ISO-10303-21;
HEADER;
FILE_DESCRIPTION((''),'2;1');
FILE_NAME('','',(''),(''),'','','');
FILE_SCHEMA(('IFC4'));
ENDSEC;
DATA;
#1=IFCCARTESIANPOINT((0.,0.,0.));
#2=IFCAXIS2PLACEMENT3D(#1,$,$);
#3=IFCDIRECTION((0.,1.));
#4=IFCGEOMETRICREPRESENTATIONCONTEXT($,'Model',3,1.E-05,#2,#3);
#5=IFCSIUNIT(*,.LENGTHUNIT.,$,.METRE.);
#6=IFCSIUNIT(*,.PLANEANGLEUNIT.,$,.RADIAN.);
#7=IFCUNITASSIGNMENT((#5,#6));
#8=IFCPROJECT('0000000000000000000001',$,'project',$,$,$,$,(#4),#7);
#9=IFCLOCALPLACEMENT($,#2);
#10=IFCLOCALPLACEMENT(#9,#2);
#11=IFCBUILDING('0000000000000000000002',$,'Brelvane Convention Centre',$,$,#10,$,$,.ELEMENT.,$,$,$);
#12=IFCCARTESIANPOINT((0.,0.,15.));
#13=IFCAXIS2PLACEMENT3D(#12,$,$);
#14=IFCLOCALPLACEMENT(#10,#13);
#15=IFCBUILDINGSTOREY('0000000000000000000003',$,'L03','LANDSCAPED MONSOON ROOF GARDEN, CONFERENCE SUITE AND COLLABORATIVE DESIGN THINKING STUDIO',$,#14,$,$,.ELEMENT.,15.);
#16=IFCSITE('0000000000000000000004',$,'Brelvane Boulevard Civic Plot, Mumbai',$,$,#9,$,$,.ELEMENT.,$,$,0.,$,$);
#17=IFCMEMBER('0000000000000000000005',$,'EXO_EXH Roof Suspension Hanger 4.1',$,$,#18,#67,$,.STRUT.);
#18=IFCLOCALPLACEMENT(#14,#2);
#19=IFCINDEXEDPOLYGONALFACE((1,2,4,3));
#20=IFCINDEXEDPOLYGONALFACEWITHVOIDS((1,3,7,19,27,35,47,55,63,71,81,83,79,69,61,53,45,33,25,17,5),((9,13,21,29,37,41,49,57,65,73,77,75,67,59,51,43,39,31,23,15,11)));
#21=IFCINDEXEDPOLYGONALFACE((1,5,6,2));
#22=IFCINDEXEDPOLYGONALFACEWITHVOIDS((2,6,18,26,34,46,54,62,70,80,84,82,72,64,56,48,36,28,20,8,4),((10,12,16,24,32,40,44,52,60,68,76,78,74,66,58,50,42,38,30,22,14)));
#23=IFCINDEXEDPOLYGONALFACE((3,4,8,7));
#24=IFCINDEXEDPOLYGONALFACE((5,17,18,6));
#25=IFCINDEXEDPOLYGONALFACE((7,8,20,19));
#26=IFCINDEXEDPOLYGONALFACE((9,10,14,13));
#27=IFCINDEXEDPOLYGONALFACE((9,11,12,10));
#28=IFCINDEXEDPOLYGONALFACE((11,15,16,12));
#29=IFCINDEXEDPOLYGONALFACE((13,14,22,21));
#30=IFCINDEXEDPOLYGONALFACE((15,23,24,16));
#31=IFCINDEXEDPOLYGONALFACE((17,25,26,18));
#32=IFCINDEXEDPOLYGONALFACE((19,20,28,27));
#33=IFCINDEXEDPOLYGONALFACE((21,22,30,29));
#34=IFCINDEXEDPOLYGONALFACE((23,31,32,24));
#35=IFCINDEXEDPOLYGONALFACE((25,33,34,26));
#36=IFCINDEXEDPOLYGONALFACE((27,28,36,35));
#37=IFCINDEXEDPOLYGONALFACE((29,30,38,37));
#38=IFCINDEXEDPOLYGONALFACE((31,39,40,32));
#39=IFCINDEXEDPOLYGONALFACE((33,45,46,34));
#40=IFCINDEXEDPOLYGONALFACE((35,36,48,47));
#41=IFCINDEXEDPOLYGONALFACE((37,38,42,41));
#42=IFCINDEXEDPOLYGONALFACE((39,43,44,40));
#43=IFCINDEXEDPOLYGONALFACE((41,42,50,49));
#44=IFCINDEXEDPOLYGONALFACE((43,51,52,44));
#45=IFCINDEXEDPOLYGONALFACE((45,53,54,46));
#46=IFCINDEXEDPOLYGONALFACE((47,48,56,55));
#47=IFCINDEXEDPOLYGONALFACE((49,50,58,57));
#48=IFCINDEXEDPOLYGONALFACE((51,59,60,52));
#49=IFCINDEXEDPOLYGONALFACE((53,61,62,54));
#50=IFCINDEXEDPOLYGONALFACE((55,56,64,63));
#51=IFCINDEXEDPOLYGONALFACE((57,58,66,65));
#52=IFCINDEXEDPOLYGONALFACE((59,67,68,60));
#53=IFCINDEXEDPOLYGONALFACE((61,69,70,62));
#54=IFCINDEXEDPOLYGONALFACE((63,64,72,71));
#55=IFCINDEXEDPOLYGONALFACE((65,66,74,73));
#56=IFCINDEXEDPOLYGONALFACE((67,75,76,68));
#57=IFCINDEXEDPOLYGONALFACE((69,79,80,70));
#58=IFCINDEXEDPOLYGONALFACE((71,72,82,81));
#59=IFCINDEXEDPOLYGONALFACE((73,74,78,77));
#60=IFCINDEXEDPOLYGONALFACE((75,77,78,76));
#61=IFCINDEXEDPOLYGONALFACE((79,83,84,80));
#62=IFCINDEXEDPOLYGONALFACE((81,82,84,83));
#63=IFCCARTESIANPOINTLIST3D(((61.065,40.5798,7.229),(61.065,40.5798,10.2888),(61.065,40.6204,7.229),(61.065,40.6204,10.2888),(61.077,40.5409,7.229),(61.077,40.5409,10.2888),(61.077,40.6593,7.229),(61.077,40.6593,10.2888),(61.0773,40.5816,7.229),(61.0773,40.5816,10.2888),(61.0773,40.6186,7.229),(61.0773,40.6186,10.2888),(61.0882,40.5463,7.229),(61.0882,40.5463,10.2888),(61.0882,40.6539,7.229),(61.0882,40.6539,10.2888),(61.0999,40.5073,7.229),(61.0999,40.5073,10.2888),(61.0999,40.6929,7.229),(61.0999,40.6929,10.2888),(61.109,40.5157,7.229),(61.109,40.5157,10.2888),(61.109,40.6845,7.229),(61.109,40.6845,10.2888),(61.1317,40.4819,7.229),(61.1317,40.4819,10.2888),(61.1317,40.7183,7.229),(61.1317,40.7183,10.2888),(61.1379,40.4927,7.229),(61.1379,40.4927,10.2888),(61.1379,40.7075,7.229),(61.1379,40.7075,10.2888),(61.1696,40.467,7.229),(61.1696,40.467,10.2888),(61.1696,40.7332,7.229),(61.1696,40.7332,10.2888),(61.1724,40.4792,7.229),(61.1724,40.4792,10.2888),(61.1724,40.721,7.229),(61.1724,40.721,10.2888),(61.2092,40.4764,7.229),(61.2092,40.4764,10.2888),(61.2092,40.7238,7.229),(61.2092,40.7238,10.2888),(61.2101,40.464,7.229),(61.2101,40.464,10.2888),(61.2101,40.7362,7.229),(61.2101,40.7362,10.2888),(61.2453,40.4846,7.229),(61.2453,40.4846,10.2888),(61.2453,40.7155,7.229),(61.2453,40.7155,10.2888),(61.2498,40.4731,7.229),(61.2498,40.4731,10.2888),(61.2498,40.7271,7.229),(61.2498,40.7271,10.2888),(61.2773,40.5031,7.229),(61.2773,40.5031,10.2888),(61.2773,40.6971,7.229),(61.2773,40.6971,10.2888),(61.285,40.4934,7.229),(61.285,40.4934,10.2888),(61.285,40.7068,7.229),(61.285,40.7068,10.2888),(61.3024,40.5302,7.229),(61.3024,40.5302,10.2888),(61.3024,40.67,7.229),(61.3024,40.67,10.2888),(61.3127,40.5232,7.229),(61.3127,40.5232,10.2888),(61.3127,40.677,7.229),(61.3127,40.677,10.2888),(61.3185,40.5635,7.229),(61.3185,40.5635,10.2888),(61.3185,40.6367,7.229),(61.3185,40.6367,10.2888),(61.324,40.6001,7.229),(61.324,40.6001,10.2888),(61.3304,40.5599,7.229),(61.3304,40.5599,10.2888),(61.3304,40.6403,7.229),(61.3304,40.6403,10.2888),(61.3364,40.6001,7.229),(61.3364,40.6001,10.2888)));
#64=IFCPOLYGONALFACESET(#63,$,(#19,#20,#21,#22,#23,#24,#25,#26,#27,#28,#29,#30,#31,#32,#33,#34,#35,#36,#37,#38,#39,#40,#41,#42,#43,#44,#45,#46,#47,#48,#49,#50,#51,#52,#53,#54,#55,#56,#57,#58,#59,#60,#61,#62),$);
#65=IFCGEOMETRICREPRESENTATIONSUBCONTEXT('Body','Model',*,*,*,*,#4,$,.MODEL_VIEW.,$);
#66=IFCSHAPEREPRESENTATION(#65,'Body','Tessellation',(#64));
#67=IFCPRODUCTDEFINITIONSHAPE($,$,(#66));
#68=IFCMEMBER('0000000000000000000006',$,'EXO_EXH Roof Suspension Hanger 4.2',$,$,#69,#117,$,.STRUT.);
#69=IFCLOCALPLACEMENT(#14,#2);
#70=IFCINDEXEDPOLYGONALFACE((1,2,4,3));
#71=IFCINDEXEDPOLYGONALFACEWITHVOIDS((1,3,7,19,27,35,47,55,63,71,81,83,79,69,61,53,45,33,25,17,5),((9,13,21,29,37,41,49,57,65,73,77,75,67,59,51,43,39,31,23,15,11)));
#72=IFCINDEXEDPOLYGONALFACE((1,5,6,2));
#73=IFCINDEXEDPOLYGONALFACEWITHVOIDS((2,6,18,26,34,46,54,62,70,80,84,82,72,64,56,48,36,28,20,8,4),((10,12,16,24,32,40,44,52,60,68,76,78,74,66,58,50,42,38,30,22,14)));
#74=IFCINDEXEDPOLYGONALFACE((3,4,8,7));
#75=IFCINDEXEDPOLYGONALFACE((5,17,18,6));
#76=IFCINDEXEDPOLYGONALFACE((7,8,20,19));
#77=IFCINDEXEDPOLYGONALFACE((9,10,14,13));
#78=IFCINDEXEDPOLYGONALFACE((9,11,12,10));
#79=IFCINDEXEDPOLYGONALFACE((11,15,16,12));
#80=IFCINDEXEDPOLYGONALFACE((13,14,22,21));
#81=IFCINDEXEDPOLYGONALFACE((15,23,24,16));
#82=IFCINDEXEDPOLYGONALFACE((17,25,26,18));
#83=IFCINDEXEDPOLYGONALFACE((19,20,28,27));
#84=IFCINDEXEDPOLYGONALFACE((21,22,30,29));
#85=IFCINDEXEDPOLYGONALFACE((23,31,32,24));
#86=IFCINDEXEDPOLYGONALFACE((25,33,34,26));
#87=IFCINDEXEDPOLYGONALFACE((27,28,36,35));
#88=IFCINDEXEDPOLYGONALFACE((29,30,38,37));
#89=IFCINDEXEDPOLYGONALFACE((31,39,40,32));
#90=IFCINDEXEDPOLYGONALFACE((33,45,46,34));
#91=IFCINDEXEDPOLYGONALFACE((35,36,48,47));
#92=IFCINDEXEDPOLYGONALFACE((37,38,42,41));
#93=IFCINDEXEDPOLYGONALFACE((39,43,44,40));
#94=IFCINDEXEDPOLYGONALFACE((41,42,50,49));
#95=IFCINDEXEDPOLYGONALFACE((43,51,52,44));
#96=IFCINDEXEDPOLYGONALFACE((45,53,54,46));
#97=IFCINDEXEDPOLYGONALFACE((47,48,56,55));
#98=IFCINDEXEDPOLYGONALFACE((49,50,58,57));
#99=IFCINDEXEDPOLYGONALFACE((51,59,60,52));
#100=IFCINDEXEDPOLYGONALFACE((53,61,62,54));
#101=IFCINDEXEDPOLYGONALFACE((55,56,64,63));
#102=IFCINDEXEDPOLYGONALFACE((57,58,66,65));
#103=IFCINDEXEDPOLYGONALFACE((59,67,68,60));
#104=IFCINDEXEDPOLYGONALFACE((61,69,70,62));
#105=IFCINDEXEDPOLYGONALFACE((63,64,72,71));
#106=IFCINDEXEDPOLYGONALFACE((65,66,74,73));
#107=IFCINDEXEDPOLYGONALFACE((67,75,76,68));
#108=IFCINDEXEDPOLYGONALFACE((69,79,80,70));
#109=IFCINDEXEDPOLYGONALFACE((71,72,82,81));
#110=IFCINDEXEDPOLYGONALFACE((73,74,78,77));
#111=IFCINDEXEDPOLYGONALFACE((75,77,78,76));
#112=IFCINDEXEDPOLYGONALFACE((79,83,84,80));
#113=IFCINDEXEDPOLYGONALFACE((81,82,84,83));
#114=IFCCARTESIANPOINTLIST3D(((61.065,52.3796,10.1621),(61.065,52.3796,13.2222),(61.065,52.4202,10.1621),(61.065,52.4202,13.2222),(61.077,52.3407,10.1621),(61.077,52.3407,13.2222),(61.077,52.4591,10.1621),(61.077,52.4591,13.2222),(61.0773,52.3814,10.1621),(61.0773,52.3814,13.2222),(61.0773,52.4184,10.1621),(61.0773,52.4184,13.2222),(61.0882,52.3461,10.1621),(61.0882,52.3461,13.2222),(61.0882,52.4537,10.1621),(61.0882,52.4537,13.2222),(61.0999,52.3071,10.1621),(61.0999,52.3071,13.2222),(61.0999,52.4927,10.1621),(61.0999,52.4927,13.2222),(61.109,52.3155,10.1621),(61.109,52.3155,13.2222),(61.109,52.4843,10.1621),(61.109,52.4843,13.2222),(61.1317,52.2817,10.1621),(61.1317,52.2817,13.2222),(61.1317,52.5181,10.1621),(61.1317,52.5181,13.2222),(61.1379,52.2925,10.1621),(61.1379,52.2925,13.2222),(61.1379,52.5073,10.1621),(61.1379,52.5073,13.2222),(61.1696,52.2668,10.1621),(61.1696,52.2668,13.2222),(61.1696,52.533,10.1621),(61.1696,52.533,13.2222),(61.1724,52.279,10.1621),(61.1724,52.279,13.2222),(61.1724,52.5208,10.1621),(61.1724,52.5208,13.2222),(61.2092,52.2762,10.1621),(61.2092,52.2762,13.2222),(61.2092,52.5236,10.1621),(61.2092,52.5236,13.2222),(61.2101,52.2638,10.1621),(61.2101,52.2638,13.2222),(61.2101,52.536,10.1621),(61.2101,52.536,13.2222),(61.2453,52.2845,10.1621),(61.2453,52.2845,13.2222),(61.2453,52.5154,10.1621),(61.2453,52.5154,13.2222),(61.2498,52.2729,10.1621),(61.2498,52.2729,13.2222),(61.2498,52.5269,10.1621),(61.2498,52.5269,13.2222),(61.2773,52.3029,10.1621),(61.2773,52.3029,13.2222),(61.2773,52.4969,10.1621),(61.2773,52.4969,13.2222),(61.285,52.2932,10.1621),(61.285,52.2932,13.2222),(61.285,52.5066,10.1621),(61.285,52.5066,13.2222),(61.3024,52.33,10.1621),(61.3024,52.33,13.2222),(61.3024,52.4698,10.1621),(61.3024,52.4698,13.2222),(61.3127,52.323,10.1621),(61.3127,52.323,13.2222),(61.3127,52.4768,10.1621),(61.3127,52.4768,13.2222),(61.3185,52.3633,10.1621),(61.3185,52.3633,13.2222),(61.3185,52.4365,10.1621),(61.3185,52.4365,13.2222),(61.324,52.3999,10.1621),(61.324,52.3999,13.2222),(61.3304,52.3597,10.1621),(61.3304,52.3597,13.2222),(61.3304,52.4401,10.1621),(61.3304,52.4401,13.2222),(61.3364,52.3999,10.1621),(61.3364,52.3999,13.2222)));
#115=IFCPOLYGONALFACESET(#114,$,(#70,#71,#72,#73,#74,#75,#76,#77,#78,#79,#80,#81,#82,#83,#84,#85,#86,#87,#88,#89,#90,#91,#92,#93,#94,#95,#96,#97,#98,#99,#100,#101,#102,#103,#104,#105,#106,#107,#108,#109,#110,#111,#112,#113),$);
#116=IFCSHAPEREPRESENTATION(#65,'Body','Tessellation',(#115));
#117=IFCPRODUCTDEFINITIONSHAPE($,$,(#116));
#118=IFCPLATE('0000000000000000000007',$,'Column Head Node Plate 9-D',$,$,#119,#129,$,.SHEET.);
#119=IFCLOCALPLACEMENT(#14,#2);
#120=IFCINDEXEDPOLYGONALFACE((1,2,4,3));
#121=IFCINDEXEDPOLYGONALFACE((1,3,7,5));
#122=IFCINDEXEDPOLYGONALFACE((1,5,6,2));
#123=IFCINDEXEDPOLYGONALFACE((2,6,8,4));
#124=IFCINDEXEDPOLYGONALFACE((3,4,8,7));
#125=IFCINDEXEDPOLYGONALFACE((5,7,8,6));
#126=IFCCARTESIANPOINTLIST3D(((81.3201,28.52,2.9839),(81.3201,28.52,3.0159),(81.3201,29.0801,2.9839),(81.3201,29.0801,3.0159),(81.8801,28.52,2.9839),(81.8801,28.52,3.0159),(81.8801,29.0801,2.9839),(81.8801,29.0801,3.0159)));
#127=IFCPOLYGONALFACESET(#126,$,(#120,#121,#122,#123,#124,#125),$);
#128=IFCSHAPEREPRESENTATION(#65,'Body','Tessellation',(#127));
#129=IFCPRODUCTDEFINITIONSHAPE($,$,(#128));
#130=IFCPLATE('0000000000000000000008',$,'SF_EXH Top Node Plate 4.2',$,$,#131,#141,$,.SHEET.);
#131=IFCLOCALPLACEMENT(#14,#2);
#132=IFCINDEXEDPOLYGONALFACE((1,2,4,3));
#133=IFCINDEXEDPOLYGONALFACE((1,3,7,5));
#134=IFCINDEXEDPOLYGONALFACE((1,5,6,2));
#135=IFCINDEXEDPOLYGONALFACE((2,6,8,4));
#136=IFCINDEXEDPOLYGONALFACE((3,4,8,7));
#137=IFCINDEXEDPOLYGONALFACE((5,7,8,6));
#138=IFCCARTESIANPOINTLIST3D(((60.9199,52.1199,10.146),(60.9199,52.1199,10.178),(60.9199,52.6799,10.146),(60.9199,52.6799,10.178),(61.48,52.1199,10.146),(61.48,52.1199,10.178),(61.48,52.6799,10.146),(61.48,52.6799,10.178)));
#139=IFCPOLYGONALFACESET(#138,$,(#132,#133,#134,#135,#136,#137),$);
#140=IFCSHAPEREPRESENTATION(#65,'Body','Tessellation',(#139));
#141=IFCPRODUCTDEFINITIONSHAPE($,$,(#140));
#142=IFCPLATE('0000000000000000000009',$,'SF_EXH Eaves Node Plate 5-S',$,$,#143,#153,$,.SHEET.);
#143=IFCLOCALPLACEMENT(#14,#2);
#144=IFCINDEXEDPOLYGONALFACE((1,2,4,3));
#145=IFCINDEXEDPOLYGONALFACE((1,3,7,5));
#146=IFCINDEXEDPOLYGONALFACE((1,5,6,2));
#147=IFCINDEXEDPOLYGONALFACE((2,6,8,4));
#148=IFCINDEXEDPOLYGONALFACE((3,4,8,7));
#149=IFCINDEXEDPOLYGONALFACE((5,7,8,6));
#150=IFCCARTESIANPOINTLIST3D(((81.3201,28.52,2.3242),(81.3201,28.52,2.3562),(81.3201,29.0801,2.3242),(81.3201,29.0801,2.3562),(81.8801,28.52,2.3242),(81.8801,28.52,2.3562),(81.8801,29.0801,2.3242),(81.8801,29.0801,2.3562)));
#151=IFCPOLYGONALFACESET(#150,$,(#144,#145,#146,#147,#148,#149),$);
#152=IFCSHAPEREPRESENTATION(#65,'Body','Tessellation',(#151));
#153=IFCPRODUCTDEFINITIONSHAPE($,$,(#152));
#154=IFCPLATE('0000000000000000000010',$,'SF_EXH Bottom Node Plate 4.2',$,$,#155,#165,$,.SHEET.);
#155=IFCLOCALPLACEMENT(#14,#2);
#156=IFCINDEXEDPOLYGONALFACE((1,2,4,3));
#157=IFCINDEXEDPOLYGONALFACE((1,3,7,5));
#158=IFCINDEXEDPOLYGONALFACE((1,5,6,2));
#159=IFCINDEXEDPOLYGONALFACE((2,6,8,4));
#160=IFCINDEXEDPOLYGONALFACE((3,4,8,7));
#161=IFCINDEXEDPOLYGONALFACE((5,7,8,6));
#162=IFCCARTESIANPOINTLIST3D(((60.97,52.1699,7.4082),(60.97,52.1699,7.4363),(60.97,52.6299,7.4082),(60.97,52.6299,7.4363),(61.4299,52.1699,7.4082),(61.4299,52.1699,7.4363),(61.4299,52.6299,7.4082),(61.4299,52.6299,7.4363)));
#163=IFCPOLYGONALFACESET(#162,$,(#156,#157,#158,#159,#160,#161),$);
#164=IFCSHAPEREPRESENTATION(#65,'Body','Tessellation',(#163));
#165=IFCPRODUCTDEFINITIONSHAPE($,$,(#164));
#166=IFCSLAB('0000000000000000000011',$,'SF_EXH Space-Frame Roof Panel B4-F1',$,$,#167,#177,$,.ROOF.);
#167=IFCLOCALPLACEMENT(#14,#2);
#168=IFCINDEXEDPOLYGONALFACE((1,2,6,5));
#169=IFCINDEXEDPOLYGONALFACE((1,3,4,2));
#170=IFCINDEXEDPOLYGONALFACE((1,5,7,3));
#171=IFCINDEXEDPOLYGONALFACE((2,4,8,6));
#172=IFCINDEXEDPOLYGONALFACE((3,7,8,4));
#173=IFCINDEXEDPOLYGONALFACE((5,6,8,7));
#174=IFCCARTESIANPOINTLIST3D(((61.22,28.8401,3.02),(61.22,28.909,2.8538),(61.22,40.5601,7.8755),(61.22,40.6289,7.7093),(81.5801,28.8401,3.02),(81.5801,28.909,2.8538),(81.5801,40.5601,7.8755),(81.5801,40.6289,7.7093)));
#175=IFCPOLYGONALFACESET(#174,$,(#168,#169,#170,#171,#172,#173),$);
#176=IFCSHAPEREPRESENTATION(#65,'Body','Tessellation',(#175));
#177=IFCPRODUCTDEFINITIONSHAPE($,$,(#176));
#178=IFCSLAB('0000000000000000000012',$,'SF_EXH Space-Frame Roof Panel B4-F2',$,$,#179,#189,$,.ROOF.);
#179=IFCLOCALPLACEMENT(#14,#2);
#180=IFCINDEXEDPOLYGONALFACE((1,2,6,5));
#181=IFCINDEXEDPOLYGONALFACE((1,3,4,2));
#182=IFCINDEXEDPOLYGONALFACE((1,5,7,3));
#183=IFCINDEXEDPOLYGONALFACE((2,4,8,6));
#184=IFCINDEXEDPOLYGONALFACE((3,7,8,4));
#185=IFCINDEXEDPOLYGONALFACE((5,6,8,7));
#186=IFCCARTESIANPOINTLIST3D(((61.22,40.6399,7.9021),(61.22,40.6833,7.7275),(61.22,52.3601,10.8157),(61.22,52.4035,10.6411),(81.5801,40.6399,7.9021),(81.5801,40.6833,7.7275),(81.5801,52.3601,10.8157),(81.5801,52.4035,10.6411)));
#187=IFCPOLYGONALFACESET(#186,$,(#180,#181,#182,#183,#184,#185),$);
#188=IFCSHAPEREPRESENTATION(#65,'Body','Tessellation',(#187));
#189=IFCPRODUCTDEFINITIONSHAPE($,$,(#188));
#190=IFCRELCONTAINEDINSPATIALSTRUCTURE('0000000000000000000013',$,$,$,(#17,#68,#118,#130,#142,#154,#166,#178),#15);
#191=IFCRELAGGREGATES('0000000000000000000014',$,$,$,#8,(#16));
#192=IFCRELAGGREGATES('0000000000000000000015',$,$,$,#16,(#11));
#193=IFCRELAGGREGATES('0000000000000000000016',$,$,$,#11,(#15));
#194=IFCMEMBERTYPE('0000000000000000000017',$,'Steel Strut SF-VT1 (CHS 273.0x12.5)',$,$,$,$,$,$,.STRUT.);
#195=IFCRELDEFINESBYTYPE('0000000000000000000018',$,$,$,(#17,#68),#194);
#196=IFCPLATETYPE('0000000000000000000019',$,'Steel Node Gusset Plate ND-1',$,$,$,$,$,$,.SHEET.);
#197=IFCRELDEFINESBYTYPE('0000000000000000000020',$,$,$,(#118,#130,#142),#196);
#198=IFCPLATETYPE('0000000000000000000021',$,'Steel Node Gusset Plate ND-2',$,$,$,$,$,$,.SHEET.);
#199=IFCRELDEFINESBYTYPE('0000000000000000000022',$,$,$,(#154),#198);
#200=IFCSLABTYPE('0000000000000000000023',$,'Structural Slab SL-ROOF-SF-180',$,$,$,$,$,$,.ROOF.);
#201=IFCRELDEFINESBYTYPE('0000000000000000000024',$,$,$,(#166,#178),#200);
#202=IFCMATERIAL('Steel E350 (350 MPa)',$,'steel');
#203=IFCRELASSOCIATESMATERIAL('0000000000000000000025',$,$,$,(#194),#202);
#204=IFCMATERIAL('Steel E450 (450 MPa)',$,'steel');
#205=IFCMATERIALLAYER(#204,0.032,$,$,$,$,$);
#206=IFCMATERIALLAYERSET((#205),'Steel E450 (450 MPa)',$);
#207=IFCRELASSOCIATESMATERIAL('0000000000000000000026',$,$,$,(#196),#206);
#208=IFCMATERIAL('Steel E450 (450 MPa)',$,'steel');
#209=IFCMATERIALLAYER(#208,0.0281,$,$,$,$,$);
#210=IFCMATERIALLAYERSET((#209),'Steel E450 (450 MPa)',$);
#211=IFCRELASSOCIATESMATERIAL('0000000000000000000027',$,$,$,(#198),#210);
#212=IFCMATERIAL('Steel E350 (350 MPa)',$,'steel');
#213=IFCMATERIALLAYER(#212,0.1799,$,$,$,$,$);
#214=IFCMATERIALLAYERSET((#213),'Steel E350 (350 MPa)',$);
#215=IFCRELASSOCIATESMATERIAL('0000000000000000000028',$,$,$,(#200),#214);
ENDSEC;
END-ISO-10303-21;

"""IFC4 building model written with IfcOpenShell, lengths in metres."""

from ifc_helpers import new_model, si_unit, direction, frame, origin, origin_2d, place, context, subcontext, project, spatial, polyline, rectangle, hollow_circle, outline, extrude, material, layer, layer_set, material_profile, profile_set, type_object, element, save


model = new_model("IFC4")

# Units and contexts
model_context = context("Model", 3, precision=1e-05, world=origin(), true_north=direction((0.0, 1.0)))
body_context = subcontext(model_context, "Body", "Model", "MODEL_VIEW")
ifc_project = project(units=[si_unit("LENGTHUNIT", "METRE"), si_unit("PLANEANGLEUNIT", "RADIAN")], contexts=[model_context])

# Site, building, storey
site_placement = place(None, origin())
site = spatial("IfcSite", under=ifc_project, at=site_placement, Name="Brelvane Boulevard Civic Plot, Mumbai", CompositionType="ELEMENT", RefElevation=0.0)
building_placement = place(site_placement, origin())
building = spatial("IfcBuilding", under=site, at=building_placement, Name="Brelvane Convention Centre", CompositionType="ELEMENT")
storey_placement = place(building_placement, frame((0.0, 0.0, 15.0)))
storey = spatial("IfcBuildingStorey", under=building, at=storey_placement, Name="L03", Description="LANDSCAPED MONSOON ROOF GARDEN, CONFERENCE SUITE AND COLLABORATIVE DESIGN THINKING STUDIO", CompositionType="ELEMENT", Elevation=15.0)

# Members
ifc_material_1 = material(Name="Steel E350 (350 MPa)", Category="steel")
ifc_material_profile_1 = material_profile(ifc_material_1, hollow_circle(Radius=0.1365, WallThickness=0.0125, at=origin_2d()), Name="CHS 273.0x12.5")
ifc_profile_set_1 = profile_set([ifc_material_profile_1], Name="Steel E350 (350 MPa)")
member_type_1 = type_object("IfcMemberType", Name="Steel Strut SF-VT1 (CHS 273.0x12.5)", PredefinedType="STRUT", material=ifc_profile_set_1)
member_1_placement = place(storey_placement, frame((61.2, 40.6001, 7.229), z_axis=(0.0, 0.0, 1.0), x_axis=(1.0, 0.0, 0.0)))
element("IfcMember", 1, at=member_1_placement, inside=storey, type_object=member_type_1, Name="EXO_EXH Roof Suspension Hanger 4.1", PredefinedType="STRUT", context=body_context, shape_type="SweptSolid", body=[
    extrude(hollow_circle(Radius=0.1365, WallThickness=0.0125, at=origin_2d()), origin(), (0.0, 0.0, 1.0), 3.0598),
])
member_2_placement = place(storey_placement, frame((61.2, 52.3999, 10.1621), z_axis=(0.0, 0.0, 1.0), x_axis=(1.0, 0.0, 0.0)))
element("IfcMember", 2, at=member_2_placement, inside=storey, type_object=member_type_1, Name="EXO_EXH Roof Suspension Hanger 4.2", PredefinedType="STRUT", context=body_context, shape_type="SweptSolid", body=[
    extrude(hollow_circle(Radius=0.1365, WallThickness=0.0125, at=origin_2d()), origin(), (0.0, 0.0, 1.0), 3.0601),
])

# Plates
ifc_material_2 = material(Name="Steel E450 (450 MPa)", Category="steel")
ifc_layer_1 = layer(ifc_material_2, 0.032)
ifc_layer_set_1 = layer_set([ifc_layer_1], Name="Steel E450 (450 MPa)")
plate_type_1 = type_object("IfcPlateType", Name="Steel Node Gusset Plate ND-1", PredefinedType="SHEET", material=ifc_layer_set_1)
for number, where, z_axis, x_axis, name in (
    (3, (81.6001, 28.8, 2.9839), (0.0, 0.0, 1.0), (1.0, 0.0, 0.0), "Column Head Node Plate 9-D"),
    (4, (61.2, 52.3999, 10.146), (0.0, 0.0, 1.0), (1.0, 0.0, 0.0), "SF_EXH Top Node Plate 4.2"),
    (5, (81.6001, 28.8, 2.3242), (0.0, 0.0, 1.0), (1.0, 0.0, 0.0), "SF_EXH Eaves Node Plate 5-S"),
):
    element("IfcPlate", number, at=place(storey_placement, frame(where, z_axis=z_axis, x_axis=x_axis)), inside=storey, type_object=plate_type_1, Name=name, PredefinedType="SHEET", context=body_context, shape_type="SweptSolid", body=[
        extrude(rectangle(XDim=0.5601, YDim=0.5601, at=origin_2d()), origin(), (0.0, 0.0, 1.0), 0.032),
    ])
ifc_material_3 = material(Name="Steel E450 (450 MPa)", Category="steel")
ifc_layer_2 = layer(ifc_material_3, 0.0281)
ifc_layer_set_2 = layer_set([ifc_layer_2], Name="Steel E450 (450 MPa)")
plate_type_2 = type_object("IfcPlateType", Name="Steel Node Gusset Plate ND-2", PredefinedType="SHEET", material=ifc_layer_set_2)
plate_placement = place(storey_placement, frame((61.2, 52.3999, 7.4082), z_axis=(0.0, 0.0, 1.0), x_axis=(1.0, 0.0, 0.0)))
element("IfcPlate", 6, at=plate_placement, inside=storey, type_object=plate_type_2, Name="SF_EXH Bottom Node Plate 4.2", PredefinedType="SHEET", context=body_context, shape_type="SweptSolid", body=[
    extrude(rectangle(XDim=0.46, YDim=0.46, at=origin_2d()), origin(), (0.0, 0.0, 1.0), 0.0281),
])

# Slabs
ifc_material_4 = material(Name="Steel E350 (350 MPa)", Category="steel")
ifc_layer_3 = layer(ifc_material_4, 0.1799)
ifc_layer_set_3 = layer_set([ifc_layer_3], Name="Steel E350 (350 MPa)")
slab_type = type_object("IfcSlabType", Name="Structural Slab SL-ROOF-SF-180", PredefinedType="ROOF", material=ifc_layer_set_3)
slab_1_placement = place(storey_placement, frame((61.22, 28.8401, 3.02), z_axis=(0.0, -0.382744, 0.923855), x_axis=(1.0, 0.0, 0.0)))
element("IfcSlab", 7, at=slab_1_placement, inside=storey, type_object=slab_type, Name="SF_EXH Space-Frame Roof Panel B4-F1", PredefinedType="ROOF", context=body_context, shape_type="SweptSolid", body=[
    extrude(outline(polyline([(0.0, 0.0), (20.3601, 0.0), (20.3601, 12.6859), (0.0, 12.6859), (0.0, 0.0)])), origin(), (0.0, 0.0, -1.0), 0.1799),
])
slab_2_placement = place(storey_placement, frame((61.22, 40.6399, 7.9021), z_axis=(0.0, -0.241251, 0.970463), x_axis=(1.0, 0.0, 0.0)))
element("IfcSlab", 8, at=slab_2_placement, inside=storey, type_object=slab_type, Name="SF_EXH Space-Frame Roof Panel B4-F2", PredefinedType="ROOF", context=body_context, shape_type="SweptSolid", body=[
    extrude(outline(polyline([(0.0, 0.0), (20.3601, 0.0), (20.3601, 12.0769), (0.0, 12.0769), (0.0, 0.0)])), origin(), (0.0, 0.0, -1.0), 0.1799),
])

save(model, "model.ifc")
